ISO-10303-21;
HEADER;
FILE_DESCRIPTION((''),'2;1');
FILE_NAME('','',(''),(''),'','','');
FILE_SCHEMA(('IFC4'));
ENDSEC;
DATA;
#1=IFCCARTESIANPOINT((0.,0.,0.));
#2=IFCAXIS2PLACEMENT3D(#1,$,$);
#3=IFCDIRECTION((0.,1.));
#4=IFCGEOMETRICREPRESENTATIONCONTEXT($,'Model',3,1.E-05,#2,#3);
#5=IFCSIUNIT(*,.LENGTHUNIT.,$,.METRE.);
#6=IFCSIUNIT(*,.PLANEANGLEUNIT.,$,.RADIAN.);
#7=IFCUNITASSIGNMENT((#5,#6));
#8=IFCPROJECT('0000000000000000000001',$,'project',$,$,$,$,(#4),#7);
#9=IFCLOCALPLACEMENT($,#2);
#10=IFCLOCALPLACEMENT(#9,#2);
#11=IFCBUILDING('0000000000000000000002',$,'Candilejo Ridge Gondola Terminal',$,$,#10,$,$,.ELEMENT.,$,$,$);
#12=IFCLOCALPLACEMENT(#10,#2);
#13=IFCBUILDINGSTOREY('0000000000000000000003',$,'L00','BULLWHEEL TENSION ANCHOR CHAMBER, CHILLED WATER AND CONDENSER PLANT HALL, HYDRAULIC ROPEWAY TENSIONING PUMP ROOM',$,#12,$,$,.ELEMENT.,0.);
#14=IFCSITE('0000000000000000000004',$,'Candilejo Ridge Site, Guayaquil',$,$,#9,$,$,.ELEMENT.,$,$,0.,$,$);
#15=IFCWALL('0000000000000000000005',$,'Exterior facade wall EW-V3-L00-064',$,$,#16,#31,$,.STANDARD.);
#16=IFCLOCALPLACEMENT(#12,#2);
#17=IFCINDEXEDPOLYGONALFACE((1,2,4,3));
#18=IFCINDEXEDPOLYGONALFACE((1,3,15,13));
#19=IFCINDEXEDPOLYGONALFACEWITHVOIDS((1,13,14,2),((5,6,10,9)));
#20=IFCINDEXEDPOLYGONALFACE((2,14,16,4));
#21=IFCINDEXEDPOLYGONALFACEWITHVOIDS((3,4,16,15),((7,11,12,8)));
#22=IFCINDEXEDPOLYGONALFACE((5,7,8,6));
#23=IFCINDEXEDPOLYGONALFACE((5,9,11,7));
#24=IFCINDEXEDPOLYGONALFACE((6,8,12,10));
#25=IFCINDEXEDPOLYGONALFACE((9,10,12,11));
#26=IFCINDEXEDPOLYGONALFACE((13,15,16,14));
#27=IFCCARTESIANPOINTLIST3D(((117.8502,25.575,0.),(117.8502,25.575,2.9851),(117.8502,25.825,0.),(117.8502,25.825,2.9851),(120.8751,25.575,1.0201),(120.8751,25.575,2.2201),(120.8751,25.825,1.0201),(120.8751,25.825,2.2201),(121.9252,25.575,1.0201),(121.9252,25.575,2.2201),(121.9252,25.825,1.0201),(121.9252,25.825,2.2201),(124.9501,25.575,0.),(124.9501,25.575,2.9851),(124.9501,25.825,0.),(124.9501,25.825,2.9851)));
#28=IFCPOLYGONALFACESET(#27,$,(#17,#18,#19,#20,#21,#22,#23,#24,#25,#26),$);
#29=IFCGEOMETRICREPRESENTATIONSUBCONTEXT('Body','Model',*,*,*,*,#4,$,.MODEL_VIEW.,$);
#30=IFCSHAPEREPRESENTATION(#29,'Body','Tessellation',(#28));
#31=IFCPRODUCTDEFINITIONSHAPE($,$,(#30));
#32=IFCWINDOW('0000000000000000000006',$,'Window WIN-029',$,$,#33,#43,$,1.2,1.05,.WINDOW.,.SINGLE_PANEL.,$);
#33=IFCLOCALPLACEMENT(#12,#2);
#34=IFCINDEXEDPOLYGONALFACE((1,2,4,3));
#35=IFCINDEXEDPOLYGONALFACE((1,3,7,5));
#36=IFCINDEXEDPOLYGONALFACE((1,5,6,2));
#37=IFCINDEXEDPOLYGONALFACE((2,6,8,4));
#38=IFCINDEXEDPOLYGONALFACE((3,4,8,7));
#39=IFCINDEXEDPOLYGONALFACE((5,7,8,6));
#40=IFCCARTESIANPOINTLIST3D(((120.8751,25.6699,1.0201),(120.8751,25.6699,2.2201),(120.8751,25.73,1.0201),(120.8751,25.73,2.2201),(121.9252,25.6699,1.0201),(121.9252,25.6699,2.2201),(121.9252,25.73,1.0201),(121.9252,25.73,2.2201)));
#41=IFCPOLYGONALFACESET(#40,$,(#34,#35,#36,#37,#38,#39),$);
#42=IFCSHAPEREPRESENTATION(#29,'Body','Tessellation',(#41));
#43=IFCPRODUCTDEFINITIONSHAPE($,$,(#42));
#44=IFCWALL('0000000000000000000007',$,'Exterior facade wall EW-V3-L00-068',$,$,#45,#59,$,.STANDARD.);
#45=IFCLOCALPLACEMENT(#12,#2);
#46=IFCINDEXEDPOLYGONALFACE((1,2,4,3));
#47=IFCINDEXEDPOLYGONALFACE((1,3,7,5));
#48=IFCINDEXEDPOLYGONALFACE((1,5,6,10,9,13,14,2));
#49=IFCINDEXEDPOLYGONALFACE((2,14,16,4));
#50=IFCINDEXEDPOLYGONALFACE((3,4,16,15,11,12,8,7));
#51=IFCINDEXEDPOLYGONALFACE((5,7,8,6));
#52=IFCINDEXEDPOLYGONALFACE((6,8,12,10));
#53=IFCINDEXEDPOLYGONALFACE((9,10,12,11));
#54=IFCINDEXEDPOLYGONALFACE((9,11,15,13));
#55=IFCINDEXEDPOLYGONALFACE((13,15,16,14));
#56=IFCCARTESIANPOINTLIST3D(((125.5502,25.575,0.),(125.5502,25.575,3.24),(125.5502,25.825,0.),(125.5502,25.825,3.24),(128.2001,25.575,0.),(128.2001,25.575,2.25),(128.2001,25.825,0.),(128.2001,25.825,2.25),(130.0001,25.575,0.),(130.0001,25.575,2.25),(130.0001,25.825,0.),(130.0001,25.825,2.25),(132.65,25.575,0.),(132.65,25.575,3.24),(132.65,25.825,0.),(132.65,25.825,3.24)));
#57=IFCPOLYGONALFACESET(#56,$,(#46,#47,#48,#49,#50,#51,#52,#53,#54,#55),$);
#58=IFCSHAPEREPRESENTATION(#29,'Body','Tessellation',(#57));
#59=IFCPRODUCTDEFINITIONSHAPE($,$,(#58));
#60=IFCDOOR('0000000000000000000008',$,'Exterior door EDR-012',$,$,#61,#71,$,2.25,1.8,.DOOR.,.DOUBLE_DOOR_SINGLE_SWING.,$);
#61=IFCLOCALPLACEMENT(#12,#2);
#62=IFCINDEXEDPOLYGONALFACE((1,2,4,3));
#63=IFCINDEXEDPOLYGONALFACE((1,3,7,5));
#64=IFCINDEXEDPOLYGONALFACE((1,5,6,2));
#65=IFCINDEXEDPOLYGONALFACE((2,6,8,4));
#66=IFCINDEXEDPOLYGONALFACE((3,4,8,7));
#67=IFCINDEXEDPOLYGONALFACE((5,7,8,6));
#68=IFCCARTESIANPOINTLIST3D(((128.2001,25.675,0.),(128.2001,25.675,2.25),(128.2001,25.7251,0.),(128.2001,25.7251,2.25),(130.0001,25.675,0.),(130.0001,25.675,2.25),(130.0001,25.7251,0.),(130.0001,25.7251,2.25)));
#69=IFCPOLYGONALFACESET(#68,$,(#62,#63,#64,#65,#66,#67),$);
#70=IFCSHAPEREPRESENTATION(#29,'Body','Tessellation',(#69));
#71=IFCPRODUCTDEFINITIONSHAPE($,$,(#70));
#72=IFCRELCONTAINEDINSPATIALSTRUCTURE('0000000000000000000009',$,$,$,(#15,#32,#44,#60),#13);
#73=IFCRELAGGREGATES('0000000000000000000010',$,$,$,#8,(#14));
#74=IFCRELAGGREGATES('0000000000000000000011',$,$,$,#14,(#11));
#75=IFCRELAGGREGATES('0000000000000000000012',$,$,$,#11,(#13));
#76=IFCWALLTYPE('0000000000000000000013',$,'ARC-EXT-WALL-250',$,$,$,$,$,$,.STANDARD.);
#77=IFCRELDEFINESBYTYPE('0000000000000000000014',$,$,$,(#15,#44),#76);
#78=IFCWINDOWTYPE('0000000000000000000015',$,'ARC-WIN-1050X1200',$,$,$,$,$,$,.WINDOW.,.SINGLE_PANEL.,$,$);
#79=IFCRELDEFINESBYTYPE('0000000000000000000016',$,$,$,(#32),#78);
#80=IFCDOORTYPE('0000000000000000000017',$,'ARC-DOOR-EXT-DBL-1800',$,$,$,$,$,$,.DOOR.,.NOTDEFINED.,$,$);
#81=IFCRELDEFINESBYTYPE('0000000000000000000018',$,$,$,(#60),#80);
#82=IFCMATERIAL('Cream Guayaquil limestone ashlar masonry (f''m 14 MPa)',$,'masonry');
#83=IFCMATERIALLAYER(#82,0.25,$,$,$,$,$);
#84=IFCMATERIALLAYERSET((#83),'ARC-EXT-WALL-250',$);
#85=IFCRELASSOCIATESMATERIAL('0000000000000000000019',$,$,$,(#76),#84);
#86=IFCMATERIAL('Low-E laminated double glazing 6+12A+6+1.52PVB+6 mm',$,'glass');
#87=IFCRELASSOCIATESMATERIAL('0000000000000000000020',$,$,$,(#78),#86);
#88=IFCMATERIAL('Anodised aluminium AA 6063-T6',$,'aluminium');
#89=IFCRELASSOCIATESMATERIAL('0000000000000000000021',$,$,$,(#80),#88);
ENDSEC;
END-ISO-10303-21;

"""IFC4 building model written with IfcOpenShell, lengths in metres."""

from ifc_helpers import new_model, si_unit, direction, frame, frame_2d, origin, place, context, subcontext, project, spatial, rectangle, extrude, material, layer, layer_set, type_object, element, fill, save


model = new_model("IFC4")

# Units and contexts
model_context = context("Model", 3, precision=1e-05, world=origin(), true_north=direction((0.0, 1.0)))
body_context = subcontext(model_context, "Body", "Model", "MODEL_VIEW")
ifc_project = project(units=[si_unit("LENGTHUNIT", "METRE"), si_unit("PLANEANGLEUNIT", "RADIAN")], contexts=[model_context])

# Site, building, storey
site_placement = place(None, origin())
site = spatial("IfcSite", under=ifc_project, at=site_placement, Name="Candilejo Ridge Site, Guayaquil", CompositionType="ELEMENT", RefElevation=0.0)
building_placement = place(site_placement, origin())
building = spatial("IfcBuilding", under=site, at=building_placement, Name="Candilejo Ridge Gondola Terminal", CompositionType="ELEMENT")
storey_placement = place(building_placement, origin())
storey = spatial("IfcBuildingStorey", under=building, at=storey_placement, Name="L00", Description="BULLWHEEL TENSION ANCHOR CHAMBER, CHILLED WATER AND CONDENSER PLANT HALL, HYDRAULIC ROPEWAY TENSIONING PUMP ROOM", CompositionType="ELEMENT", Elevation=0.0)

# Wall, opening, window
ifc_material_1 = material(Name="Cream Guayaquil limestone ashlar masonry (f'm 14 MPa)", Category="masonry")
ifc_layer_1 = layer(ifc_material_1, 0.25)
ifc_layer_set_1 = layer_set([ifc_layer_1], Name="ARC-EXT-WALL-250")
wall_type_1 = type_object("IfcWallType", Name="ARC-EXT-WALL-250", PredefinedType="STANDARD", material=ifc_layer_set_1)
wall_1_placement = place(storey_placement, frame((124.95, 25.7, 0.0), z_axis=(0.0, 0.0, 1.0), x_axis=(-1.0, 0.0, 0.0)))
wall_1 = element("IfcWall", 1, at=wall_1_placement, inside=storey, type_object=wall_type_1, Name="Exterior facade wall EW-V3-L00-064", PredefinedType="STANDARD", context=body_context, shape_type="SweptSolid", body=[
    extrude(rectangle(XDim=7.0999, YDim=0.25, at=frame_2d((3.5498, 0.0))), origin(), (0.0, 0.0, 1.0), 2.9851),
])
opening_1_placement = place(wall_1_placement, frame((3.0249, 0.0, 1.02)))
opening_1 = element("IfcOpeningElement", 2, at=opening_1_placement, cuts=wall_1, PredefinedType="OPENING", context=body_context, shape_type="SweptSolid", body=[
    extrude(rectangle(XDim=1.05, YDim=1.2, at=frame_2d((0.5249, 0.6001))), frame((0.0, 0.135, 0.0), z_axis=(0.0, -1.0, 0.0), x_axis=(1.0, 0.0, 0.0)), (0.0, 0.0, 1.0), 0.27),
])
ifc_material_2 = material(Name="Low-E laminated double glazing 6+12A+6+1.52PVB+6 mm", Category="glass")
window_type = type_object("IfcWindowType", Name="ARC-WIN-1050X1200", PartitioningType="SINGLE_PANEL", PredefinedType="WINDOW", material=ifc_material_2)
window_placement = place(opening_1_placement, origin())
window = element("IfcWindow", 3, at=window_placement, inside=storey, type_object=window_type, Name="Window WIN-029", OverallHeight=1.2, OverallWidth=1.05, PartitioningType="SINGLE_PANEL", PredefinedType="WINDOW", context=body_context, shape_type="SweptSolid", body=[
    extrude(rectangle(XDim=1.05, YDim=1.2, at=frame_2d((0.5249, 0.6001))), frame((0.0, 0.03, 0.0), z_axis=(0.0, -1.0, 0.0), x_axis=(1.0, 0.0, 0.0)), (0.0, 0.0, 1.0), 0.0601),
])
fill(opening_1, window)

# Wall, opening, door
wall_2_placement = place(storey_placement, frame((132.6499, 25.7, 0.0), z_axis=(0.0, 0.0, 1.0), x_axis=(-1.0, 0.0, 0.0)))
wall_2 = element("IfcWall", 4, at=wall_2_placement, inside=storey, type_object=wall_type_1, Name="Exterior facade wall EW-V3-L00-068", PredefinedType="STANDARD", context=body_context, shape_type="SweptSolid", body=[
    extrude(rectangle(XDim=7.0999, YDim=0.25, at=frame_2d((3.5498, 0.0))), origin(), (0.0, 0.0, 1.0), 3.24),
])
opening_2_placement = place(wall_2_placement, frame((2.6499, 0.0, 0.0)))
opening_2 = element("IfcOpeningElement", 5, at=opening_2_placement, cuts=wall_2, PredefinedType="OPENING", context=body_context, shape_type="SweptSolid", body=[
    extrude(rectangle(XDim=1.8, YDim=2.25, at=frame_2d((0.8999, 1.125))), frame((0.0, 0.135, 0.0), z_axis=(0.0, -1.0, 0.0), x_axis=(1.0, 0.0, 0.0)), (0.0, 0.0, 1.0), 0.27),
])
ifc_material_3 = material(Name="Anodised aluminium AA 6063-T6", Category="aluminium")
door_type = type_object("IfcDoorType", Name="ARC-DOOR-EXT-DBL-1800", OperationType="NOTDEFINED", PredefinedType="DOOR", material=ifc_material_3)
door_placement = place(opening_2_placement, origin())
door = element("IfcDoor", 6, at=door_placement, inside=storey, type_object=door_type, Name="Exterior door EDR-012", OperationType="DOUBLE_DOOR_SINGLE_SWING", OverallHeight=2.25, OverallWidth=1.8, PredefinedType="DOOR", context=body_context, shape_type="SweptSolid", body=[
    extrude(rectangle(XDim=1.8, YDim=2.25, at=frame_2d((0.8999, 1.125))), frame((0.0, 0.0249, 0.0), z_axis=(0.0, -1.0, 0.0), x_axis=(1.0, 0.0, 0.0)), (0.0, 0.0, 1.0), 0.05),
])
fill(opening_2, door)

save(model, "model.ifc")
